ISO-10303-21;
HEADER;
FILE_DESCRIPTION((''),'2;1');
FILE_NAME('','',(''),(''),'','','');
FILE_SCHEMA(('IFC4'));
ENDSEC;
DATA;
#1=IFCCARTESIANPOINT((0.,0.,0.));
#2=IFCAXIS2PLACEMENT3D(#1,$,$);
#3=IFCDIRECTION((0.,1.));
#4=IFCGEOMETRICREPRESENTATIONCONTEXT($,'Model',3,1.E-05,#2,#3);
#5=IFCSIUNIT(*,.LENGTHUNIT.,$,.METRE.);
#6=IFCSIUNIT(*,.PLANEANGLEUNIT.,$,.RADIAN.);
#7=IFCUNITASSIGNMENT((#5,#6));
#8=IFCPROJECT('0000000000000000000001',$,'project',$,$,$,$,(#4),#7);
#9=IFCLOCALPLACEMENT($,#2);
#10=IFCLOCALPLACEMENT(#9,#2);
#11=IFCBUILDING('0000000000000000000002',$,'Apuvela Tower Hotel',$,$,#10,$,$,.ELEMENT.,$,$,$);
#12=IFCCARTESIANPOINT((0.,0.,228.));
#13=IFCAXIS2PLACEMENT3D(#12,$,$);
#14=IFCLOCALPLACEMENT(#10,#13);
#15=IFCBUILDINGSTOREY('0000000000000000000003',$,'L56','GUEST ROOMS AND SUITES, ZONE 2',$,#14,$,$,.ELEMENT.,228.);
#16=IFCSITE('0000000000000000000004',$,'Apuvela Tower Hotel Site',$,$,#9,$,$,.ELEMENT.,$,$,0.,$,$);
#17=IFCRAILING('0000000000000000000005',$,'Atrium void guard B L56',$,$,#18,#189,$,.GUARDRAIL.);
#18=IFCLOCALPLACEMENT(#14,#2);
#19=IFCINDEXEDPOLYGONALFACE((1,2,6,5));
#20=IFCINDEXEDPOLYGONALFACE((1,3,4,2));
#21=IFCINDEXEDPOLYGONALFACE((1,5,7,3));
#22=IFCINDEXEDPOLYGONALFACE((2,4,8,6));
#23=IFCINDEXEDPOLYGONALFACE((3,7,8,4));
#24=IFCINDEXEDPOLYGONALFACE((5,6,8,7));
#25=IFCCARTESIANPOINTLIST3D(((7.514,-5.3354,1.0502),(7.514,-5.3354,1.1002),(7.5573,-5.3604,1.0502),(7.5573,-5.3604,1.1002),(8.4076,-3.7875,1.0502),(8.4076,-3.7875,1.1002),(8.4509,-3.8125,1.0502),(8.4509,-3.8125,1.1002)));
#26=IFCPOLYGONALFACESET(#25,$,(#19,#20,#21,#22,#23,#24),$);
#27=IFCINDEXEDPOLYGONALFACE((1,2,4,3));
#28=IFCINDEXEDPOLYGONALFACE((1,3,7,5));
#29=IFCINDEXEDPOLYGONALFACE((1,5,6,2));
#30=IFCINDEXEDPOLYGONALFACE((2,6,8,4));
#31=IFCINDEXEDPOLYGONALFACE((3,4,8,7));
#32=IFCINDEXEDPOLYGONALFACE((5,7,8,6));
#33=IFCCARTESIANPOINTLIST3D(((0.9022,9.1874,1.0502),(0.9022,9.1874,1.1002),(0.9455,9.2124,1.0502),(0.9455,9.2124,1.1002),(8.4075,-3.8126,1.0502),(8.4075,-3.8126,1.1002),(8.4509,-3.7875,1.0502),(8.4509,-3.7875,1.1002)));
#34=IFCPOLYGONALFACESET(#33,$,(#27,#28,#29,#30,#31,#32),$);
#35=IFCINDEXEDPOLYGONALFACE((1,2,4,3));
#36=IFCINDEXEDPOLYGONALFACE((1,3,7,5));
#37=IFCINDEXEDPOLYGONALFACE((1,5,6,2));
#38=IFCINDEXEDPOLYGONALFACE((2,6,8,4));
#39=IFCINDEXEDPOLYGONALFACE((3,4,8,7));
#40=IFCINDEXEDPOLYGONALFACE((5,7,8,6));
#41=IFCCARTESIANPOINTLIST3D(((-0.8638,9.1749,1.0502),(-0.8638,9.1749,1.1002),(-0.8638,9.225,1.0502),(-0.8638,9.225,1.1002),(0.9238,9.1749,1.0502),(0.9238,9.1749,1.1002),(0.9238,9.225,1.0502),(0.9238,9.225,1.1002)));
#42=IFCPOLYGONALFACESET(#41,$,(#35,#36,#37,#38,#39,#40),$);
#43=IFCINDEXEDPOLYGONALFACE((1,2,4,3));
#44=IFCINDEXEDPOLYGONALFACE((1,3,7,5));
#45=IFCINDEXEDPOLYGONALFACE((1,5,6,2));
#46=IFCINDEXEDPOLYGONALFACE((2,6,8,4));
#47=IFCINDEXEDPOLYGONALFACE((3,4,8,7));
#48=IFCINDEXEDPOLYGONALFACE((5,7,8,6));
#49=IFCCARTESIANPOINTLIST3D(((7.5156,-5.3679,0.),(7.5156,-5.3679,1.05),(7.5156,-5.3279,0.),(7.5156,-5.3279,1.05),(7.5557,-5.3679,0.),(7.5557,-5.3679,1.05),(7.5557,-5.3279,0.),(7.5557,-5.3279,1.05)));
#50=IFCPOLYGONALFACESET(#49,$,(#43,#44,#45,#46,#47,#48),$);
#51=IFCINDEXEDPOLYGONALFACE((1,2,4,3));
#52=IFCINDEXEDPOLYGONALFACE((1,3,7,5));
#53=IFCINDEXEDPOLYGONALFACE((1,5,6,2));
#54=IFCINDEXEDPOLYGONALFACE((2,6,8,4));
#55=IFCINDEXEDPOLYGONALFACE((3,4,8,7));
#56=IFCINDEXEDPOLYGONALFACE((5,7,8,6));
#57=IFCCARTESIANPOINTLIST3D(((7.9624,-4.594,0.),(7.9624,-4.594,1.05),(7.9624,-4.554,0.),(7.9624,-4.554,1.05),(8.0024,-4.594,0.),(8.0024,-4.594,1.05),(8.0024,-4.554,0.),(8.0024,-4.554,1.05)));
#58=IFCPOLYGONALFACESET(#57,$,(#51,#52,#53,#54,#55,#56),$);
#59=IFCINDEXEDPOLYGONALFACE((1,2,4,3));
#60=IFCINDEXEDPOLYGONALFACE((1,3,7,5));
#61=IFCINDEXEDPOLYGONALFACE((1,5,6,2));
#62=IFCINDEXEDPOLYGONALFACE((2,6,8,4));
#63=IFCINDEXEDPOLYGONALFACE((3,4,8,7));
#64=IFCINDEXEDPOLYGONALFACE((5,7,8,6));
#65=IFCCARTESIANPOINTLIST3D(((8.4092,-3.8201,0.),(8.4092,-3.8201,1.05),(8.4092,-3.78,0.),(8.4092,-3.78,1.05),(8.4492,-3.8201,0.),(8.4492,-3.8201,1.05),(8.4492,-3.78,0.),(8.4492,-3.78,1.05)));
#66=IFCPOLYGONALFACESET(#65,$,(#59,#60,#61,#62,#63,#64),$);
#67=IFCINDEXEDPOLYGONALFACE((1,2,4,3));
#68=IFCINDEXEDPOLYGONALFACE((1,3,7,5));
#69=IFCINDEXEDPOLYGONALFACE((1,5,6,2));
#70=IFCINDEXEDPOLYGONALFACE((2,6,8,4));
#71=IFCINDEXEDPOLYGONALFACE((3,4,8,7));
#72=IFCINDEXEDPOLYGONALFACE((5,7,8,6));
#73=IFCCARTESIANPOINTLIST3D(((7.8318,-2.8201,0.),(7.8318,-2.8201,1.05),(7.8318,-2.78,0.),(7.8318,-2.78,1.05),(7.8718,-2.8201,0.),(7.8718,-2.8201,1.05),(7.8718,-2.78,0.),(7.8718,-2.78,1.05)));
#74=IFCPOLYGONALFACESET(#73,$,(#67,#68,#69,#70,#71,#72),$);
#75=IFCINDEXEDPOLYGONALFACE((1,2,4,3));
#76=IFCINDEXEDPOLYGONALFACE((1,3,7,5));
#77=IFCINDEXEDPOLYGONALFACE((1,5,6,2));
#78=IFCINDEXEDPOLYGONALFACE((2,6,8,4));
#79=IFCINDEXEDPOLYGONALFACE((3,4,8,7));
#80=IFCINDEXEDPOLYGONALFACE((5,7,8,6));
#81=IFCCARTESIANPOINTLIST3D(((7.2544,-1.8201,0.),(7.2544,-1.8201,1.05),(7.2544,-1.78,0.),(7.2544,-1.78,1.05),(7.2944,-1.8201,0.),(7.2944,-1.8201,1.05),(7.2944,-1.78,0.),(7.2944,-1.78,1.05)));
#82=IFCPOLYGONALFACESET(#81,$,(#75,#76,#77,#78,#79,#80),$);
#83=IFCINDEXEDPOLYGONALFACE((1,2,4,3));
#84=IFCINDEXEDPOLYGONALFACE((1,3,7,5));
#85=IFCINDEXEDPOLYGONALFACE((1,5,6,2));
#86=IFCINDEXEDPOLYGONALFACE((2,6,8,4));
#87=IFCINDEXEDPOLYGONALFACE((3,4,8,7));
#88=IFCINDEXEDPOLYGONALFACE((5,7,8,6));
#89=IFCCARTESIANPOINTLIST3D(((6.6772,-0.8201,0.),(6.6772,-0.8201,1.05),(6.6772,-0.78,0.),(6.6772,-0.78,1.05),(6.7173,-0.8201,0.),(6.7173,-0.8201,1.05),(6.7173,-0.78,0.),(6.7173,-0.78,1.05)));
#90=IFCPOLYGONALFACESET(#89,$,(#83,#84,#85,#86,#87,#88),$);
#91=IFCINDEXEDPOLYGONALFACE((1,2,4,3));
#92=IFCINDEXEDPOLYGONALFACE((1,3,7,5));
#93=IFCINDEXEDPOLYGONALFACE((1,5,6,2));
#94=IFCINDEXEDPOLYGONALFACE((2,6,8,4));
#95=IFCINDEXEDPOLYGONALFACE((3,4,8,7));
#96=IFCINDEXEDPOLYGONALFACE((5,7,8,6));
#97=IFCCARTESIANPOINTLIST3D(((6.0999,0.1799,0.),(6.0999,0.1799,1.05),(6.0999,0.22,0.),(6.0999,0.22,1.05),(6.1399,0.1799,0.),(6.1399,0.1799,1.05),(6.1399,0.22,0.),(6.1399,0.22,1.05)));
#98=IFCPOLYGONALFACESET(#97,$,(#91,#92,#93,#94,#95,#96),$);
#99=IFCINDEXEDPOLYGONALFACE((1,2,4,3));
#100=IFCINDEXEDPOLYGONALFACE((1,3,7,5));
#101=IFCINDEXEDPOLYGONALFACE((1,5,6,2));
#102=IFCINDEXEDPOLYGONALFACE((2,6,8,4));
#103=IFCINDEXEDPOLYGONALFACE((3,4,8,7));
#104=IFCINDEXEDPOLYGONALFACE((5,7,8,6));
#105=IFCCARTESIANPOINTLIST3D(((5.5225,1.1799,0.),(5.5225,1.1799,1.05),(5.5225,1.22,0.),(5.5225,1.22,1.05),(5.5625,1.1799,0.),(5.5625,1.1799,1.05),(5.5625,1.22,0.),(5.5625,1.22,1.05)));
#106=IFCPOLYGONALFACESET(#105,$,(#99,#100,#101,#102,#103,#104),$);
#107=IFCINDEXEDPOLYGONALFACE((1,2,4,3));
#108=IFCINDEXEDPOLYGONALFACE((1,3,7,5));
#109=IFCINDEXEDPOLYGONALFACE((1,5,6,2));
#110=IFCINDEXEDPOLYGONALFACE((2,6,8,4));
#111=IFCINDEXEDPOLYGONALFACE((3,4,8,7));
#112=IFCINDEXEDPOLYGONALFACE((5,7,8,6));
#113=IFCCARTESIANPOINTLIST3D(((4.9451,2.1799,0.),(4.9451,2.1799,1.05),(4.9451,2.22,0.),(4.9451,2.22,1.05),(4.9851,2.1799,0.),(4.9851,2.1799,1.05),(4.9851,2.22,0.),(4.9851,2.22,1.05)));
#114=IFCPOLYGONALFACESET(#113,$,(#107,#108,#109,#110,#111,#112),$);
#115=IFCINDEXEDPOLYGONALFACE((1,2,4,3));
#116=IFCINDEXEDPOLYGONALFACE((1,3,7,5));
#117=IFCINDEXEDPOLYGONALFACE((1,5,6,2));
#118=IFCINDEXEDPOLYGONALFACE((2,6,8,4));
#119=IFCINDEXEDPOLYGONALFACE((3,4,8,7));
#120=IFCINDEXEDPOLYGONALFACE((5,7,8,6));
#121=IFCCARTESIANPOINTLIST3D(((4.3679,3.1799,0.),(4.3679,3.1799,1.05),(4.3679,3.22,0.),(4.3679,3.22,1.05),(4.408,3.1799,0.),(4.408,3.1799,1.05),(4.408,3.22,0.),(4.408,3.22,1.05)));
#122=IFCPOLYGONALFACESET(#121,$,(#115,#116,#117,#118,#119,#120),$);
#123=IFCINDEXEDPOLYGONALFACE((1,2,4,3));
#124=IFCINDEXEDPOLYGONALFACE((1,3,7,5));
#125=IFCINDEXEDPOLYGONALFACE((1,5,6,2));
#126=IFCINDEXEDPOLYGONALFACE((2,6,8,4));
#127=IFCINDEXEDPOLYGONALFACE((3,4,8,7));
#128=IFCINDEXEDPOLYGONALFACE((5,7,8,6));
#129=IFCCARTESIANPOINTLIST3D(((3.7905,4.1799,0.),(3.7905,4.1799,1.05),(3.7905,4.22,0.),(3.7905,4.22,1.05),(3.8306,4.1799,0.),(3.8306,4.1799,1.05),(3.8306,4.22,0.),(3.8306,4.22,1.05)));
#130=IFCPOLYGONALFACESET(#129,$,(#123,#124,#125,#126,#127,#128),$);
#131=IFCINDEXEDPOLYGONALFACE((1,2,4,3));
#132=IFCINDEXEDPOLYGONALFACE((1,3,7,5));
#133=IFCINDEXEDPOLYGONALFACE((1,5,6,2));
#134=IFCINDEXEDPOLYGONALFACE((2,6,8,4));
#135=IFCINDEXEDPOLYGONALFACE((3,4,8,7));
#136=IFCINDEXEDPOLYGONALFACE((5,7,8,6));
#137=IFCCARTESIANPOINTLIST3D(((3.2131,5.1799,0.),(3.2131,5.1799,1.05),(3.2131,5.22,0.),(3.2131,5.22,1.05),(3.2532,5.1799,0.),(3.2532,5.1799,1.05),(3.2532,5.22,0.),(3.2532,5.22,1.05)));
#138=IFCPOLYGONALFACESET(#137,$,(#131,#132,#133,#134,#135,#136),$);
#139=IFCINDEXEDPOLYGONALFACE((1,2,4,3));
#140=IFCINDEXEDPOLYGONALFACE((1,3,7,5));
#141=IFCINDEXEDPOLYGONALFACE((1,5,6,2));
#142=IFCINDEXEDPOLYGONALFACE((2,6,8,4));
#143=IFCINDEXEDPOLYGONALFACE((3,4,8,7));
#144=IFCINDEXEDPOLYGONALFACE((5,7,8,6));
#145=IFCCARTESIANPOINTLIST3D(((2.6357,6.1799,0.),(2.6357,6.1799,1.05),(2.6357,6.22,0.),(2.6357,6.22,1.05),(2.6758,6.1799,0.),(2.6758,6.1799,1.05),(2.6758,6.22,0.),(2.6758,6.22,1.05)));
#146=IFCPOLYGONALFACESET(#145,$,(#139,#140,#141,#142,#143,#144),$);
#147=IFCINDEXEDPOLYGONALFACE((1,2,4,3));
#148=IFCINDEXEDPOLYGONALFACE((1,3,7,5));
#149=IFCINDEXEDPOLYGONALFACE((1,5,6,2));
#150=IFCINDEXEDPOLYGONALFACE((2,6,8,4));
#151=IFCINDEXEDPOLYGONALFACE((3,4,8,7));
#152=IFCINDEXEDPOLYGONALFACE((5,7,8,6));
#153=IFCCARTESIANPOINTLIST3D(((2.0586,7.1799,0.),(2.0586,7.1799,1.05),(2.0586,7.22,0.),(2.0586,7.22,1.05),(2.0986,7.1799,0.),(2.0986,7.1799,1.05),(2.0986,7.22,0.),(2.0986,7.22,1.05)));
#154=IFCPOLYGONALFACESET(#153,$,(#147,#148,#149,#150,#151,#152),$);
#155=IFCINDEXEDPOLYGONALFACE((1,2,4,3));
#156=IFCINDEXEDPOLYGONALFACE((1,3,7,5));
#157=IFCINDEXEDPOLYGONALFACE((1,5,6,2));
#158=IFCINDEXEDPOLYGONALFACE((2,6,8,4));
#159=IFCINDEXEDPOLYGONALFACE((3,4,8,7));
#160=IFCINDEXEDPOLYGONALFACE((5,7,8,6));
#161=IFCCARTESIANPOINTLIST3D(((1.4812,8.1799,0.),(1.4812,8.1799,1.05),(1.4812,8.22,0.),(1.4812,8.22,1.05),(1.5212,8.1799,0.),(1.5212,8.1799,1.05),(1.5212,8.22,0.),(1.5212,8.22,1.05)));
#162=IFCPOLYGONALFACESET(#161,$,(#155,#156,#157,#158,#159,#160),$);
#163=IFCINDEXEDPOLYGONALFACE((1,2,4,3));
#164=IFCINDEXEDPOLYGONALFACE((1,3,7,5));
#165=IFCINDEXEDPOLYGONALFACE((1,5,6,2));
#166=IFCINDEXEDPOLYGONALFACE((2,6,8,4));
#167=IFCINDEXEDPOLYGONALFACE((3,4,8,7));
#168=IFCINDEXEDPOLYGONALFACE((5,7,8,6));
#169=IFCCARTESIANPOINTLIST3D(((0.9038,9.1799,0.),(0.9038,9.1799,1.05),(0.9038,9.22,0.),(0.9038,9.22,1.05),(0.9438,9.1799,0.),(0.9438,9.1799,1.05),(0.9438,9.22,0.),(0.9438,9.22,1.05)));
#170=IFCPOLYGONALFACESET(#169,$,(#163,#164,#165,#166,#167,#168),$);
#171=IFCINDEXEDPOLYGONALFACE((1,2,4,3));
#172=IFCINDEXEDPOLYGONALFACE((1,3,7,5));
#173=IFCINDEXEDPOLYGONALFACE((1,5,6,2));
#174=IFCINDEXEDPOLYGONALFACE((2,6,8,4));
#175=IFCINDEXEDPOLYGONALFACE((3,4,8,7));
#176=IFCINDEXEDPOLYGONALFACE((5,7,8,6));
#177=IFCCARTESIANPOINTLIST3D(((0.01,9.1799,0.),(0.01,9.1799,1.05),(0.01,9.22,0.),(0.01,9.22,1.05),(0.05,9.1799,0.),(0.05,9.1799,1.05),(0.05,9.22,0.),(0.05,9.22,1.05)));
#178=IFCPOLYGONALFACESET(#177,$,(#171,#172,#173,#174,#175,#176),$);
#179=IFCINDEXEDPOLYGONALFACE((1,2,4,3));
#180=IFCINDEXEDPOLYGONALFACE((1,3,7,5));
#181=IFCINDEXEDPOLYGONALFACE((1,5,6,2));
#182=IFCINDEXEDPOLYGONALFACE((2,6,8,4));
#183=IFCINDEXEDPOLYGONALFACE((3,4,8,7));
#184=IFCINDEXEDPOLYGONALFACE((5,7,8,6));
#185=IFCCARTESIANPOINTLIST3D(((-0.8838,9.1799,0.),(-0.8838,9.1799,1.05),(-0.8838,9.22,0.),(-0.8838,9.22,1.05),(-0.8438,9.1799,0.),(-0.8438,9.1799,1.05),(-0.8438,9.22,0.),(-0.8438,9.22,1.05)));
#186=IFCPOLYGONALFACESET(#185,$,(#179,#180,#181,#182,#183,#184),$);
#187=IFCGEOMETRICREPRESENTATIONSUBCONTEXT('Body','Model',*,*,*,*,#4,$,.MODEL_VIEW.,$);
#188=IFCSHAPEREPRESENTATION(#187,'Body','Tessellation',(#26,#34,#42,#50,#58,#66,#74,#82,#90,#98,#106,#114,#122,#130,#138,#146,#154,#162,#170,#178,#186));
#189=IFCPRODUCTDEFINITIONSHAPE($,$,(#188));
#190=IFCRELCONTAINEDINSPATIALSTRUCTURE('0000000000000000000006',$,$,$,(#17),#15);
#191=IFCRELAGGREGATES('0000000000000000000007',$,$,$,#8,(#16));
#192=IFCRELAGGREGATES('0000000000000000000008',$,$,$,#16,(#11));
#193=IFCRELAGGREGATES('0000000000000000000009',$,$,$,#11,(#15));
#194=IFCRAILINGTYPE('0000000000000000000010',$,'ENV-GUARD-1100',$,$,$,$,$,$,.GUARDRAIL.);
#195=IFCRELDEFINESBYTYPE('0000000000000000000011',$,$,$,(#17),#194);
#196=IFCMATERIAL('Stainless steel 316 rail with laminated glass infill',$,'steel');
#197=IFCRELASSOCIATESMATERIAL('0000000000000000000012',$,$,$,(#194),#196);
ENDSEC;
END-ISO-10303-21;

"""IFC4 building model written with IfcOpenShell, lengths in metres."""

from ifc_helpers import new_model, si_unit, direction, frame, origin, origin_2d, place, context, subcontext, project, spatial, rectangle, extrude, material, type_object, element, save


model = new_model("IFC4")

# Units and contexts
model_context = context("Model", 3, precision=1e-05, world=origin(), true_north=direction((0.0, 1.0)))
body_context = subcontext(model_context, "Body", "Model", "MODEL_VIEW")
ifc_project = project(units=[si_unit("LENGTHUNIT", "METRE"), si_unit("PLANEANGLEUNIT", "RADIAN")], contexts=[model_context])

# Site, building, storey
site_placement = place(None, origin())
site = spatial("IfcSite", under=ifc_project, at=site_placement, Name="Apuvela Tower Hotel Site", CompositionType="ELEMENT", RefElevation=0.0)
building_placement = place(site_placement, origin())
building = spatial("IfcBuilding", under=site, at=building_placement, Name="Apuvela Tower Hotel", CompositionType="ELEMENT")
storey_placement = place(building_placement, frame((0.0, 0.0, 228.0)))
storey = spatial("IfcBuildingStorey", under=building, at=storey_placement, Name="L56", Description="GUEST ROOMS AND SUITES, ZONE 2", CompositionType="ELEMENT", Elevation=228.0)

# Railing
ifc_material_1 = material(Name="Stainless steel 316 rail with laminated glass infill", Category="steel")
railing_type_1 = type_object("IfcRailingType", Name="ENV-GUARD-1100", PredefinedType="GUARDRAIL", material=ifc_material_1)
railing_1_placement = place(storey_placement, frame((7.5356, -5.3479, 0.0)))
element("IfcRailing", 1, at=railing_1_placement, inside=storey, type_object=railing_type_1, Name="Atrium void guard B L56", PredefinedType="GUARDRAIL", context=body_context, shape_type="SweptSolid", body=[
    extrude(rectangle(XDim=0.05, YDim=0.05, at=origin_2d()), frame((0.0, 0.0, 1.0752), z_axis=(0.499959, 0.866049, 0.0), x_axis=(-0.866049, 0.499959, 0.0)), (0.0, 0.0, 1.0), 1.7874),
    extrude(rectangle(XDim=0.05, YDim=0.05, at=origin_2d()), frame((0.8936, 1.5479, 1.0752), z_axis=(-0.499991, 0.866031, 0.0), x_axis=(-0.866031, -0.499991, 0.0)), (0.0, 0.0, 1.0), 15.011),
    extrude(rectangle(XDim=0.05, YDim=0.05, at=origin_2d()), frame((-6.6118, 14.5479, 1.0752), z_axis=(-1.0, 0.0, 0.0), x_axis=(0.0, -1.0, 0.0)), (0.0, 0.0, 1.0), 1.7876),
    extrude(rectangle(XDim=0.04, YDim=0.04, at=origin_2d()), origin(), (0.0, 0.0, 1.0), 1.05),
    extrude(rectangle(XDim=0.04, YDim=0.04, at=origin_2d()), frame((0.4468, 0.7739, 0.0)), (0.0, 0.0, 1.0), 1.05),
    extrude(rectangle(XDim=0.04, YDim=0.04, at=origin_2d()), frame((0.8936, 1.5479, 0.0)), (0.0, 0.0, 1.0), 1.05),
    extrude(rectangle(XDim=0.04, YDim=0.04, at=origin_2d()), frame((0.3162, 2.5479, 0.0)), (0.0, 0.0, 1.0), 1.05),
    extrude(rectangle(XDim=0.04, YDim=0.04, at=origin_2d()), frame((-0.2612, 3.5479, 0.0)), (0.0, 0.0, 1.0), 1.05),
    extrude(rectangle(XDim=0.04, YDim=0.04, at=origin_2d()), frame((-0.8384, 4.5479, 0.0)), (0.0, 0.0, 1.0), 1.05),
    extrude(rectangle(XDim=0.04, YDim=0.04, at=origin_2d()), frame((-1.4158, 5.5479, 0.0)), (0.0, 0.0, 1.0), 1.05),
    extrude(rectangle(XDim=0.04, YDim=0.04, at=origin_2d()), frame((-1.9932, 6.5479, 0.0)), (0.0, 0.0, 1.0), 1.05),
    extrude(rectangle(XDim=0.04, YDim=0.04, at=origin_2d()), frame((-2.5706, 7.5479, 0.0)), (0.0, 0.0, 1.0), 1.05),
    extrude(rectangle(XDim=0.04, YDim=0.04, at=origin_2d()), frame((-3.1477, 8.5479, 0.0)), (0.0, 0.0, 1.0), 1.05),
    extrude(rectangle(XDim=0.04, YDim=0.04, at=origin_2d()), frame((-3.7251, 9.5479, 0.0)), (0.0, 0.0, 1.0), 1.05),
    extrude(rectangle(XDim=0.04, YDim=0.04, at=origin_2d()), frame((-4.3025, 10.5479, 0.0)), (0.0, 0.0, 1.0), 1.05),
    extrude(rectangle(XDim=0.04, YDim=0.04, at=origin_2d()), frame((-4.8799, 11.5479, 0.0)), (0.0, 0.0, 1.0), 1.05),
    extrude(rectangle(XDim=0.04, YDim=0.04, at=origin_2d()), frame((-5.457, 12.5479, 0.0)), (0.0, 0.0, 1.0), 1.05),
    extrude(rectangle(XDim=0.04, YDim=0.04, at=origin_2d()), frame((-6.0344, 13.5479, 0.0)), (0.0, 0.0, 1.0), 1.05),
    extrude(rectangle(XDim=0.04, YDim=0.04, at=origin_2d()), frame((-6.6118, 14.5479, 0.0)), (0.0, 0.0, 1.0), 1.05),
    extrude(rectangle(XDim=0.04, YDim=0.04, at=origin_2d()), frame((-7.5056, 14.5479, 0.0)), (0.0, 0.0, 1.0), 1.05),
    extrude(rectangle(XDim=0.04, YDim=0.04, at=origin_2d()), frame((-8.3994, 14.5479, 0.0)), (0.0, 0.0, 1.0), 1.05),
])

save(model, "model.ifc")
